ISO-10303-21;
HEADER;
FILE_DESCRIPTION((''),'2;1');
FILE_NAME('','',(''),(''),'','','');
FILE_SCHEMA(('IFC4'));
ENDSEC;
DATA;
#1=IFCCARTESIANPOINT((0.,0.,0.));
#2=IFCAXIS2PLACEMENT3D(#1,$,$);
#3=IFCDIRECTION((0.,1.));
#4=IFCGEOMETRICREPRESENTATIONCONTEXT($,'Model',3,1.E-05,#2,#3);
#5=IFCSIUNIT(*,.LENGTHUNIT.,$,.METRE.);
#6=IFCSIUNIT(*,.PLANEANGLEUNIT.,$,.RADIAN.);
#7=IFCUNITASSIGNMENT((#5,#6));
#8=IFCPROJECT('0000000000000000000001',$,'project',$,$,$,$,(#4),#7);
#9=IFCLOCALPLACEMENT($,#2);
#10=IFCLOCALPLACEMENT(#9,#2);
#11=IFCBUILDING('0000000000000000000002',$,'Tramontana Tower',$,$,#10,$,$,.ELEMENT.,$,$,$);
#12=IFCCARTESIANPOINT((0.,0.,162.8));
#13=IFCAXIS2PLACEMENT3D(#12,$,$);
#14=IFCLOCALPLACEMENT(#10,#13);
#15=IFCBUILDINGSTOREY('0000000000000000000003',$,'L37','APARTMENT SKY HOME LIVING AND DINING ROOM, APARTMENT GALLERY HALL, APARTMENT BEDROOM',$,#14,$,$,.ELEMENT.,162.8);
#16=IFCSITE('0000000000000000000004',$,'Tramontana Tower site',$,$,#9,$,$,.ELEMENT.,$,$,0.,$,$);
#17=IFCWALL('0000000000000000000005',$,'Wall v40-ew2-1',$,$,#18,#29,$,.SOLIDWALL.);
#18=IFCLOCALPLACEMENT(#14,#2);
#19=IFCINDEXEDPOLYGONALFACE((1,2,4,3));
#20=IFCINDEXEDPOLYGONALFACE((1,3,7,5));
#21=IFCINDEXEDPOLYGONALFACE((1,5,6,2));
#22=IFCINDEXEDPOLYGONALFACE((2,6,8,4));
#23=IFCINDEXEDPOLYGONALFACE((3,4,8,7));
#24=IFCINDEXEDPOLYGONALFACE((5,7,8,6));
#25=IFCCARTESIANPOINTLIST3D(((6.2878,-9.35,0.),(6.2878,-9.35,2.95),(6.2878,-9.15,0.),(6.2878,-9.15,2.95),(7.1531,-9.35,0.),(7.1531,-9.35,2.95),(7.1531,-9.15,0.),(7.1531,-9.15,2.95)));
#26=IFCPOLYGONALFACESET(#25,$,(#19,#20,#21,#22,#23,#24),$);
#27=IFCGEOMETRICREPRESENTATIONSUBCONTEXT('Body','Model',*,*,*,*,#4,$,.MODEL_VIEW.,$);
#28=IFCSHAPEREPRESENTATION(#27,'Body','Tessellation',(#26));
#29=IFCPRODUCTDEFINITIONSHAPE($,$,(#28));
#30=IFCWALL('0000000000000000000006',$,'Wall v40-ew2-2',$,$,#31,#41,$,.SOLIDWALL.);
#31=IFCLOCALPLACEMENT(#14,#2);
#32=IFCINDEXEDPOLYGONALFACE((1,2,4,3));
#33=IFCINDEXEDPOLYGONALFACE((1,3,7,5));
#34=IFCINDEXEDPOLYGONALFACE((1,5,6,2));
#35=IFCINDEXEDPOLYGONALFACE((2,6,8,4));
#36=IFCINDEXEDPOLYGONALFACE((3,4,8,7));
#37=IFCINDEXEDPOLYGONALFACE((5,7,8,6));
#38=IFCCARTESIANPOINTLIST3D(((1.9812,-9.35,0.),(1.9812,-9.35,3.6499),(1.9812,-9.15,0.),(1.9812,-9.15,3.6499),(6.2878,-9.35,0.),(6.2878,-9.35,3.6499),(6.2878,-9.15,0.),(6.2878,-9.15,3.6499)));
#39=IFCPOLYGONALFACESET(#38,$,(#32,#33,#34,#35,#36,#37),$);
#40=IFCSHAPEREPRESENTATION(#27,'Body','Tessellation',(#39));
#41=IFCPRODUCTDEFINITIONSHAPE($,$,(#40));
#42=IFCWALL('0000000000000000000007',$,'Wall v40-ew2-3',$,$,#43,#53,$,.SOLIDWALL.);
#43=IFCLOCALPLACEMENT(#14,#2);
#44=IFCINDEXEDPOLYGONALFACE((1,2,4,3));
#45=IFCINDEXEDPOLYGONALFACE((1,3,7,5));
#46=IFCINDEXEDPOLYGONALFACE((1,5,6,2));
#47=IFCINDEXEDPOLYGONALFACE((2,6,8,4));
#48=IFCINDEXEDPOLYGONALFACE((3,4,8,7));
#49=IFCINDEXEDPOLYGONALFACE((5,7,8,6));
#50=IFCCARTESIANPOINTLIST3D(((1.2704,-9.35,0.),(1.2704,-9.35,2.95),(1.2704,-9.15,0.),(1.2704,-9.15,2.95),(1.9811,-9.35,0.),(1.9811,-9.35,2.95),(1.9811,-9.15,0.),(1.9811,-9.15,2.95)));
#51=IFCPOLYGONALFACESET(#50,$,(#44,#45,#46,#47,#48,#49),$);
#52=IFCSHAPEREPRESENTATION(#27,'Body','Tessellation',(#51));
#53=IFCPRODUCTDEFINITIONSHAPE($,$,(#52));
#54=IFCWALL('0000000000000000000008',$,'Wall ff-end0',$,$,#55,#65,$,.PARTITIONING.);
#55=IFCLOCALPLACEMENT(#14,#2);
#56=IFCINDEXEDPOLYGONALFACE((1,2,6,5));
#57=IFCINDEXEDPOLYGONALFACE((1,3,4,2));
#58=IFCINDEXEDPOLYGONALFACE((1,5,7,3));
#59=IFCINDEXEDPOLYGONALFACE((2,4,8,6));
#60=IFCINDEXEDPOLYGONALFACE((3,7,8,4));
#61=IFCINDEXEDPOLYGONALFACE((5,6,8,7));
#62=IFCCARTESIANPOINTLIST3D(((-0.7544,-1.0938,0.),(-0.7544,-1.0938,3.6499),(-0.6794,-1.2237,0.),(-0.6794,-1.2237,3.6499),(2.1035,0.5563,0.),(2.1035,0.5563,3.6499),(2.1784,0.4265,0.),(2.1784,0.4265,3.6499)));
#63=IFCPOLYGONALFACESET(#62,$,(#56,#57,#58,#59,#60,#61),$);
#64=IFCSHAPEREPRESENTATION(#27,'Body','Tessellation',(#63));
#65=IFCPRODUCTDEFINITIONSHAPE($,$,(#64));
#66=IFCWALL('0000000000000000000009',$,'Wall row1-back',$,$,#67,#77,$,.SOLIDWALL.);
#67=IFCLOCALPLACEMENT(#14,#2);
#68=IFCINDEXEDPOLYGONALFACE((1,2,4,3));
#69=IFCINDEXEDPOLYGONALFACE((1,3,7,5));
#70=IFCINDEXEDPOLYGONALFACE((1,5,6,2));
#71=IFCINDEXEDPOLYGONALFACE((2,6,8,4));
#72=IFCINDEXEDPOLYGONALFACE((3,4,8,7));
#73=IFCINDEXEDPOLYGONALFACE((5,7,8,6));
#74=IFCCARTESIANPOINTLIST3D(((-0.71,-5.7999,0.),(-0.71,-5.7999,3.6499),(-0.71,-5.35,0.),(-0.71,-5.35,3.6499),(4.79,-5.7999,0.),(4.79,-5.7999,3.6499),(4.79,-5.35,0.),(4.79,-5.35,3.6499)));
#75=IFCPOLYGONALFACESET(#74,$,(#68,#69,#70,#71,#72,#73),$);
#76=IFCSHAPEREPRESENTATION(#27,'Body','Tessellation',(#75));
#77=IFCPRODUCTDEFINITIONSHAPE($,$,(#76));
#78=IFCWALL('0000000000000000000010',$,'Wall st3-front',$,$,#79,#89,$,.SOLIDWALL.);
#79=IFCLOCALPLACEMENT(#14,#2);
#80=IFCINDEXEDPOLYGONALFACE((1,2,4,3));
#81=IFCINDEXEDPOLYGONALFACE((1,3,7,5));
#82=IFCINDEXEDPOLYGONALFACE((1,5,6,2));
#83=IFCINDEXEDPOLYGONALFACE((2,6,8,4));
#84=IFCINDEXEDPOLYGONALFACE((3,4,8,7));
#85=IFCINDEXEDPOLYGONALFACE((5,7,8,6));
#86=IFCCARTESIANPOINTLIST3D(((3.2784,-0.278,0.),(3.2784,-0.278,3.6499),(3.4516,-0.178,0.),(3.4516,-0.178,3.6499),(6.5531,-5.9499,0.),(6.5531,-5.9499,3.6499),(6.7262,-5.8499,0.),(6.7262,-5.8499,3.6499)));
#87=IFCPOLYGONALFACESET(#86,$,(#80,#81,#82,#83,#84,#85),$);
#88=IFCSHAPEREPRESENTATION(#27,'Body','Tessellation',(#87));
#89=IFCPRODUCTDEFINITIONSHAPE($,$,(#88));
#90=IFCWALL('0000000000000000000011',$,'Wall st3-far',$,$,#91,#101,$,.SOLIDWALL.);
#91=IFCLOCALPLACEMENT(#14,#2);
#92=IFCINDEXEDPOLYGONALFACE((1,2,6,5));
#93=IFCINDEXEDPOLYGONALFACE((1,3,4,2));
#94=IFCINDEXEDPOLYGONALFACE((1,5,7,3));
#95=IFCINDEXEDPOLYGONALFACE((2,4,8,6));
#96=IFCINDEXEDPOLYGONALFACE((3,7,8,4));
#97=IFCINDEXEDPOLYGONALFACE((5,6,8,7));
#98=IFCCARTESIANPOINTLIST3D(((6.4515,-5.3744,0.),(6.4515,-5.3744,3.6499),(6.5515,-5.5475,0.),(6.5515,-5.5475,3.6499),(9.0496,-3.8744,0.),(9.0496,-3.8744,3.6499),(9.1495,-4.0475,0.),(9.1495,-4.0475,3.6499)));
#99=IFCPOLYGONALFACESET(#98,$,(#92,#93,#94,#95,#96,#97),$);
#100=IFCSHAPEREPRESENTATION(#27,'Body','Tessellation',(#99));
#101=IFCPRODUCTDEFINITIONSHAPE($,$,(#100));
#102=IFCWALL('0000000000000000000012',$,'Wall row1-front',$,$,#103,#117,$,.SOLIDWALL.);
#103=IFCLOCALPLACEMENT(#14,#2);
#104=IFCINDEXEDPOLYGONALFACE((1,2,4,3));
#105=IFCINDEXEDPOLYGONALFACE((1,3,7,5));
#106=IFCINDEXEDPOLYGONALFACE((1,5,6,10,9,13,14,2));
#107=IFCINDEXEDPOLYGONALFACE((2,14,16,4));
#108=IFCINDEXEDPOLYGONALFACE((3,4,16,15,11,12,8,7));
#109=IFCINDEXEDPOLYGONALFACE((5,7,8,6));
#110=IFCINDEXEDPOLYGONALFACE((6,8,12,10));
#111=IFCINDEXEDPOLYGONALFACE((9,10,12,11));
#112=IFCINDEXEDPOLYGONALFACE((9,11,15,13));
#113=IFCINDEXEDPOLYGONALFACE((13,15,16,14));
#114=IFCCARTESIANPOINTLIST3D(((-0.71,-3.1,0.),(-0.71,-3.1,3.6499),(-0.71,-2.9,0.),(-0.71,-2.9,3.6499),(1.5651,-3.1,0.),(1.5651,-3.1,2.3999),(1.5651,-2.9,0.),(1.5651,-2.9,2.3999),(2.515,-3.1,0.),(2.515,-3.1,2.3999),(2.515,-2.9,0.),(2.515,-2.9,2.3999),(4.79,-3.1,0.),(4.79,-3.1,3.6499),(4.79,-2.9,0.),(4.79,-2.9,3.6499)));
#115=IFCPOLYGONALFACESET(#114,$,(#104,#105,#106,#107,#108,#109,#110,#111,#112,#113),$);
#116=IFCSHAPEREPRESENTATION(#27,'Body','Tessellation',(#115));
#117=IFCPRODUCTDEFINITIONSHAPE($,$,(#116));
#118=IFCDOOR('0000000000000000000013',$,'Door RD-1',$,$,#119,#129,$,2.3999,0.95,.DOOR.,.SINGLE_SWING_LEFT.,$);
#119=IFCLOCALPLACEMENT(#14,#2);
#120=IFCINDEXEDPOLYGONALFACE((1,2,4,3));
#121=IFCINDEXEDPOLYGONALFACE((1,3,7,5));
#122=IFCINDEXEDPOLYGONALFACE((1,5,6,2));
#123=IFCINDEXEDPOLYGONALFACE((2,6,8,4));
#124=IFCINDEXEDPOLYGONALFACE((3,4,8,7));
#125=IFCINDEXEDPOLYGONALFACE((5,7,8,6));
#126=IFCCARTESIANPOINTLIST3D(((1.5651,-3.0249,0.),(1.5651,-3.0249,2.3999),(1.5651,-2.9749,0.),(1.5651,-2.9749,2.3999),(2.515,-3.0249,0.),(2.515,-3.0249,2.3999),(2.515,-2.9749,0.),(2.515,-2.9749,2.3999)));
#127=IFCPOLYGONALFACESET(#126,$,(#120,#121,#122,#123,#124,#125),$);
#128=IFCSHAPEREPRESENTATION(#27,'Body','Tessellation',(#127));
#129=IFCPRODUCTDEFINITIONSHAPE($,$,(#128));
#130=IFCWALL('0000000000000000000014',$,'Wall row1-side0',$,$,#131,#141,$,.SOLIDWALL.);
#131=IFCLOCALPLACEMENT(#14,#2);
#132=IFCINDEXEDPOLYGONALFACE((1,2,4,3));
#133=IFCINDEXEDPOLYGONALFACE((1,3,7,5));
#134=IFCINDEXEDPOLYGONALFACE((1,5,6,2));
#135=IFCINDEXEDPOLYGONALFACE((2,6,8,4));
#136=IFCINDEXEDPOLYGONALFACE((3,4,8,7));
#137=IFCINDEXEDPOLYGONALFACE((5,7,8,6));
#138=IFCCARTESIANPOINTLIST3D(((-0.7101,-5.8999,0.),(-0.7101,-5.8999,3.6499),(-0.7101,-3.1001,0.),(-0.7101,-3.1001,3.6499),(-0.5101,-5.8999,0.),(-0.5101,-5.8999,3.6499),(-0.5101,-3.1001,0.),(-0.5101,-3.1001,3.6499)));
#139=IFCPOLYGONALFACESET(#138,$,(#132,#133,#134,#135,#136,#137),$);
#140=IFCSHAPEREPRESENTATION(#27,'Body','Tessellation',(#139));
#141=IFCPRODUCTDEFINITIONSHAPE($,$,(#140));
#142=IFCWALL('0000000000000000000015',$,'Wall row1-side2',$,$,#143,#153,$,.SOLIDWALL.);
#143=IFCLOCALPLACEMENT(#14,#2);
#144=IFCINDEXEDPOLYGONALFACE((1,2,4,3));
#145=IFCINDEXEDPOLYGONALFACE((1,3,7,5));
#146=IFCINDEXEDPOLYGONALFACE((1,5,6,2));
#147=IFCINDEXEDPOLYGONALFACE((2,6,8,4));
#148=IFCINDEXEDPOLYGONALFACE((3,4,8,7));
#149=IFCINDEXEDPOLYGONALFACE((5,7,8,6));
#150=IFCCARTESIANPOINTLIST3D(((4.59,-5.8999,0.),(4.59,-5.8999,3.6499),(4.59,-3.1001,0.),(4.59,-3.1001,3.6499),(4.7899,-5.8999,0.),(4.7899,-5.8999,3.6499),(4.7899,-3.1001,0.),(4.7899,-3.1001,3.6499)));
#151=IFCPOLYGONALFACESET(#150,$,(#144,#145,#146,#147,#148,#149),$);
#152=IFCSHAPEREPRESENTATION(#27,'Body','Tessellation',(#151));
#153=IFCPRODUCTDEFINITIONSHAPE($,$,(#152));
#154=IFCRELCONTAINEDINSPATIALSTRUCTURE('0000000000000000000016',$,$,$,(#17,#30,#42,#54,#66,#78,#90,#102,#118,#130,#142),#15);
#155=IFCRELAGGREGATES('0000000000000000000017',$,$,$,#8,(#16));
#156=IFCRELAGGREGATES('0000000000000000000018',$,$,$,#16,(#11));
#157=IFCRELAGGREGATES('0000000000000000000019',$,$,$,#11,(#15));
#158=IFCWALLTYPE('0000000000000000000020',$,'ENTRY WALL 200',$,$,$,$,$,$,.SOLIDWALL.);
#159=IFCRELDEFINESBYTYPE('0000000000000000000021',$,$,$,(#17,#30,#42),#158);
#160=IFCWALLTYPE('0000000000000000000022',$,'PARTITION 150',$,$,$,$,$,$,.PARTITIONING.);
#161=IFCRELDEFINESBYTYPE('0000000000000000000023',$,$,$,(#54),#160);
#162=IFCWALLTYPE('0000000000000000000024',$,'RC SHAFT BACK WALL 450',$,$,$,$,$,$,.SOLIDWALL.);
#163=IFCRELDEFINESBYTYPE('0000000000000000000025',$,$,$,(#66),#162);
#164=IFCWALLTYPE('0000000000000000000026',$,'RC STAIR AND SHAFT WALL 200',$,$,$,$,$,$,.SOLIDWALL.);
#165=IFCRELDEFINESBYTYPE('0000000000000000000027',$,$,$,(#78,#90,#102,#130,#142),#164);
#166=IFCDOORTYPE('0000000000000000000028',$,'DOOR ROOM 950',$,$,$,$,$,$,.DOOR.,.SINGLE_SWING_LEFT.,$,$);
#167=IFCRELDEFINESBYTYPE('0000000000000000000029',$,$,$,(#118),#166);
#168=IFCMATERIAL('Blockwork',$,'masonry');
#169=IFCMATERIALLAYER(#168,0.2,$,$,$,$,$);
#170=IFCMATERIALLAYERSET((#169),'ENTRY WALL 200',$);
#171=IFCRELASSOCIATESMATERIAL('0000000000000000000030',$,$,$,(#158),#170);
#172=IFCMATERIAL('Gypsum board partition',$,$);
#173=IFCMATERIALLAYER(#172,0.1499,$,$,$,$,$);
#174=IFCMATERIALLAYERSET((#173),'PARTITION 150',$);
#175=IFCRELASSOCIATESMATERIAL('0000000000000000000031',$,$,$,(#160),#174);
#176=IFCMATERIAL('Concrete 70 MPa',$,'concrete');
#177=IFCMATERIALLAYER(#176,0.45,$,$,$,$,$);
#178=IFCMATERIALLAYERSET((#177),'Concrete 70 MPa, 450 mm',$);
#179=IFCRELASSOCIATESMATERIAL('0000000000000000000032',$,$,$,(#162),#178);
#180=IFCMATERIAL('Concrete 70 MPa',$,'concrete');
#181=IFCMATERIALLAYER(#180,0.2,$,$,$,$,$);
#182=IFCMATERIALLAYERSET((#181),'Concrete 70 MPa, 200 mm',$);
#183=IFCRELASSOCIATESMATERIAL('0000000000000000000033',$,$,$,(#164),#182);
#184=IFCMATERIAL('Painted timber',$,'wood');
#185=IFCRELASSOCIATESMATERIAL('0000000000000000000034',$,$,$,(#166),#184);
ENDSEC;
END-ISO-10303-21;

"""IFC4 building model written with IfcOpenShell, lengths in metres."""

from ifc_helpers import new_model, si_unit, direction, frame, frame_2d, origin, place, context, subcontext, project, spatial, rectangle, extrude, material, layer, layer_set, type_object, element, fill, save


model = new_model("IFC4")

# Units and contexts
model_context = context("Model", 3, precision=1e-05, world=origin(), true_north=direction((0.0, 1.0)))
body_context = subcontext(model_context, "Body", "Model", "MODEL_VIEW")
ifc_project = project(units=[si_unit("LENGTHUNIT", "METRE"), si_unit("PLANEANGLEUNIT", "RADIAN")], contexts=[model_context])

# Site, building, storey
site_placement = place(None, origin())
site = spatial("IfcSite", under=ifc_project, at=site_placement, Name="Tramontana Tower site", CompositionType="ELEMENT", RefElevation=0.0)
building_placement = place(site_placement, origin())
building = spatial("IfcBuilding", under=site, at=building_placement, Name="Tramontana Tower", CompositionType="ELEMENT")
storey_placement = place(building_placement, frame((0.0, 0.0, 162.8)))
storey = spatial("IfcBuildingStorey", under=building, at=storey_placement, Name="L37", Description="APARTMENT SKY HOME LIVING AND DINING ROOM, APARTMENT GALLERY HALL, APARTMENT BEDROOM", CompositionType="ELEMENT", Elevation=162.8)

# Walls
ifc_material_1 = material(Name="Blockwork", Category="masonry")
ifc_layer_1 = layer(ifc_material_1, 0.2)
ifc_layer_set_1 = layer_set([ifc_layer_1], Name="ENTRY WALL 200")
wall_type_1 = type_object("IfcWallType", Name="ENTRY WALL 200", PredefinedType="SOLIDWALL", material=ifc_layer_set_1)
wall_1_placement = place(storey_placement, frame((7.1531, -9.25, 0.0), z_axis=(0.0, 0.0, 1.0), x_axis=(-1.0, 0.0, 0.0)))
element("IfcWall", 1, at=wall_1_placement, inside=storey, type_object=wall_type_1, Name="Wall v40-ew2-1", PredefinedType="SOLIDWALL", context=body_context, shape_type="SweptSolid", body=[
    extrude(rectangle(XDim=0.8652, YDim=0.2, at=frame_2d((0.4326, 0.0))), origin(), (0.0, 0.0, 1.0), 2.95),
])
wall_2_placement = place(storey_placement, frame((6.2878, -9.25, 0.0), z_axis=(0.0, 0.0, 1.0), x_axis=(-1.0, 0.0, 0.0)))
element("IfcWall", 2, at=wall_2_placement, inside=storey, type_object=wall_type_1, Name="Wall v40-ew2-2", PredefinedType="SOLIDWALL", context=body_context, shape_type="SweptSolid", body=[
    extrude(rectangle(XDim=4.3066, YDim=0.2, at=frame_2d((2.1533, 0.0))), origin(), (0.0, 0.0, 1.0), 3.6499),
])
wall_3_placement = place(storey_placement, frame((1.9812, -9.25, 0.0), z_axis=(0.0, 0.0, 1.0), x_axis=(-1.0, 0.0, 0.0)))
element("IfcWall", 3, at=wall_3_placement, inside=storey, type_object=wall_type_1, Name="Wall v40-ew2-3", PredefinedType="SOLIDWALL", context=body_context, shape_type="SweptSolid", body=[
    extrude(rectangle(XDim=0.7107, YDim=0.2, at=frame_2d((0.3555, 0.0))), origin(), (0.0, 0.0, 1.0), 2.95),
])

# Shared definitions
ifc_material_2 = material(Name="Gypsum board partition")
ifc_layer_2 = layer(ifc_material_2, 0.1499)
ifc_layer_set_2 = layer_set([ifc_layer_2], Name="PARTITION 150")
wall_type_2 = type_object("IfcWallType", Name="PARTITION 150", PredefinedType="PARTITIONING", material=ifc_layer_set_2)

# Walls
wall_4_placement = place(storey_placement, frame((-0.7168, -1.1587, 0.0), z_axis=(0.0, 0.0, 1.0), x_axis=(0.866008, 0.50003, 0.0)))
element("IfcWall", 4, at=wall_4_placement, inside=storey, type_object=wall_type_2, Name="Wall ff-end0", PredefinedType="PARTITIONING", context=body_context, shape_type="SweptSolid", body=[
    extrude(rectangle(XDim=3.3, YDim=0.1499, at=frame_2d((1.6499, 0.0))), origin(), (0.0, 0.0, 1.0), 3.6499),
])
ifc_material_3 = material(Name="Concrete 70 MPa", Category="concrete")
ifc_layer_3 = layer(ifc_material_3, 0.45)
ifc_layer_set_3 = layer_set([ifc_layer_3], Name="Concrete 70 MPa, 450 mm")
wall_type_3 = type_object("IfcWallType", Name="RC SHAFT BACK WALL 450", PredefinedType="SOLIDWALL", material=ifc_layer_set_3)
wall_5_placement = place(storey_placement, frame((-0.71, -5.575, 0.0), z_axis=(0.0, 0.0, 1.0), x_axis=(1.0, 0.0, 0.0)))
element("IfcWall", 5, at=wall_5_placement, inside=storey, type_object=wall_type_3, Name="Wall row1-back", PredefinedType="SOLIDWALL", context=body_context, shape_type="SweptSolid", body=[
    extrude(rectangle(XDim=5.5, YDim=0.45, at=frame_2d((2.75, 0.0))), origin(), (0.0, 0.0, 1.0), 3.6499),
])

# Shared definitions
ifc_material_4 = material(Name="Concrete 70 MPa", Category="concrete")
ifc_layer_4 = layer(ifc_material_4, 0.2)
ifc_layer_set_4 = layer_set([ifc_layer_4], Name="Concrete 70 MPa, 200 mm")
wall_type_4 = type_object("IfcWallType", Name="RC STAIR AND SHAFT WALL 200", PredefinedType="SOLIDWALL", material=ifc_layer_set_4)

# Walls
wall_6_placement = place(storey_placement, frame((6.6396, -5.8999, 0.0), z_axis=(0.0, 0.0, 1.0), x_axis=(-0.5, 0.866025, 0.0)))
element("IfcWall", 6, at=wall_6_placement, inside=storey, type_object=wall_type_4, Name="Wall st3-front", PredefinedType="SOLIDWALL", context=body_context, shape_type="SweptSolid", body=[
    extrude(rectangle(XDim=6.5493, YDim=0.2, at=frame_2d((3.2747, 0.0))), origin(), (0.0, 0.0, 1.0), 3.6499),
])
wall_7_placement = place(storey_placement, frame((6.5015, -5.4609, 0.0), z_axis=(0.0, 0.0, 1.0), x_axis=(0.866031, 0.49999, 0.0)))
element("IfcWall", 7, at=wall_7_placement, inside=storey, type_object=wall_type_4, Name="Wall st3-far", PredefinedType="SOLIDWALL", context=body_context, shape_type="SweptSolid", body=[
    extrude(rectangle(XDim=3.0, YDim=0.2, at=frame_2d((1.5, 0.0))), origin(), (0.0, 0.0, 1.0), 3.6499),
])

# Wall, opening, door
wall_8_placement = place(storey_placement, frame((4.79, -3.0, 0.0), z_axis=(0.0, 0.0, 1.0), x_axis=(-1.0, 0.0, 0.0)))
wall_8 = element("IfcWall", 8, at=wall_8_placement, inside=storey, type_object=wall_type_4, Name="Wall row1-front", PredefinedType="SOLIDWALL", context=body_context, shape_type="SweptSolid", body=[
    extrude(rectangle(XDim=5.5, YDim=0.2, at=frame_2d((2.75, 0.0))), origin(), (0.0, 0.0, 1.0), 3.6499),
])
opening_1_placement = place(wall_8_placement, frame((2.2749, 0.0, 0.0)))
opening_1 = element("IfcOpeningElement", 9, at=opening_1_placement, cuts=wall_8, PredefinedType="OPENING", context=body_context, shape_type="SweptSolid", body=[
    extrude(rectangle(XDim=0.95, YDim=2.3999, at=frame_2d((0.4751, 1.2))), frame((0.0, 0.1099, 0.0), z_axis=(0.0, -1.0, 0.0), x_axis=(1.0, 0.0, 0.0)), (0.0, 0.0, 1.0), 0.22),
])
ifc_material_5 = material(Name="Painted timber", Category="wood")
door_type_1 = type_object("IfcDoorType", Name="DOOR ROOM 950", OperationType="SINGLE_SWING_LEFT", PredefinedType="DOOR", material=ifc_material_5)
door_1_placement = place(opening_1_placement, origin())
door_1 = element("IfcDoor", 10, at=door_1_placement, inside=storey, type_object=door_type_1, Name="Door RD-1", OperationType="SINGLE_SWING_LEFT", OverallHeight=2.3999, OverallWidth=0.95, PredefinedType="DOOR", context=body_context, shape_type="SweptSolid", body=[
    extrude(rectangle(XDim=0.95, YDim=2.3999, at=frame_2d((0.4751, 1.2))), frame((0.0, 0.0249, 0.0), z_axis=(0.0, -1.0, 0.0), x_axis=(1.0, 0.0, 0.0)), (0.0, 0.0, 1.0), 0.05),
])
fill(opening_1, door_1)

# Walls
for number, where, z_axis, x_axis, name in (
    (11, (-0.6101, -3.1001, 0.0), (0.0, 0.0, 1.0), (0.0, -1.0, 0.0), "Wall row1-side0"),
    (12, (4.6899, -3.1001, 0.0), (0.0, 0.0, 1.0), (0.0, -1.0, 0.0), "Wall row1-side2"),
):
    element("IfcWall", number, at=place(storey_placement, frame(where, z_axis=z_axis, x_axis=x_axis)), inside=storey, type_object=wall_type_4, Name=name, PredefinedType="SOLIDWALL", context=body_context, shape_type="SweptSolid", body=[
        extrude(rectangle(XDim=2.7998, YDim=0.2, at=frame_2d((1.3999, 0.0))), origin(), (0.0, 0.0, 1.0), 3.6499),
    ])

save(model, "model.ifc")
